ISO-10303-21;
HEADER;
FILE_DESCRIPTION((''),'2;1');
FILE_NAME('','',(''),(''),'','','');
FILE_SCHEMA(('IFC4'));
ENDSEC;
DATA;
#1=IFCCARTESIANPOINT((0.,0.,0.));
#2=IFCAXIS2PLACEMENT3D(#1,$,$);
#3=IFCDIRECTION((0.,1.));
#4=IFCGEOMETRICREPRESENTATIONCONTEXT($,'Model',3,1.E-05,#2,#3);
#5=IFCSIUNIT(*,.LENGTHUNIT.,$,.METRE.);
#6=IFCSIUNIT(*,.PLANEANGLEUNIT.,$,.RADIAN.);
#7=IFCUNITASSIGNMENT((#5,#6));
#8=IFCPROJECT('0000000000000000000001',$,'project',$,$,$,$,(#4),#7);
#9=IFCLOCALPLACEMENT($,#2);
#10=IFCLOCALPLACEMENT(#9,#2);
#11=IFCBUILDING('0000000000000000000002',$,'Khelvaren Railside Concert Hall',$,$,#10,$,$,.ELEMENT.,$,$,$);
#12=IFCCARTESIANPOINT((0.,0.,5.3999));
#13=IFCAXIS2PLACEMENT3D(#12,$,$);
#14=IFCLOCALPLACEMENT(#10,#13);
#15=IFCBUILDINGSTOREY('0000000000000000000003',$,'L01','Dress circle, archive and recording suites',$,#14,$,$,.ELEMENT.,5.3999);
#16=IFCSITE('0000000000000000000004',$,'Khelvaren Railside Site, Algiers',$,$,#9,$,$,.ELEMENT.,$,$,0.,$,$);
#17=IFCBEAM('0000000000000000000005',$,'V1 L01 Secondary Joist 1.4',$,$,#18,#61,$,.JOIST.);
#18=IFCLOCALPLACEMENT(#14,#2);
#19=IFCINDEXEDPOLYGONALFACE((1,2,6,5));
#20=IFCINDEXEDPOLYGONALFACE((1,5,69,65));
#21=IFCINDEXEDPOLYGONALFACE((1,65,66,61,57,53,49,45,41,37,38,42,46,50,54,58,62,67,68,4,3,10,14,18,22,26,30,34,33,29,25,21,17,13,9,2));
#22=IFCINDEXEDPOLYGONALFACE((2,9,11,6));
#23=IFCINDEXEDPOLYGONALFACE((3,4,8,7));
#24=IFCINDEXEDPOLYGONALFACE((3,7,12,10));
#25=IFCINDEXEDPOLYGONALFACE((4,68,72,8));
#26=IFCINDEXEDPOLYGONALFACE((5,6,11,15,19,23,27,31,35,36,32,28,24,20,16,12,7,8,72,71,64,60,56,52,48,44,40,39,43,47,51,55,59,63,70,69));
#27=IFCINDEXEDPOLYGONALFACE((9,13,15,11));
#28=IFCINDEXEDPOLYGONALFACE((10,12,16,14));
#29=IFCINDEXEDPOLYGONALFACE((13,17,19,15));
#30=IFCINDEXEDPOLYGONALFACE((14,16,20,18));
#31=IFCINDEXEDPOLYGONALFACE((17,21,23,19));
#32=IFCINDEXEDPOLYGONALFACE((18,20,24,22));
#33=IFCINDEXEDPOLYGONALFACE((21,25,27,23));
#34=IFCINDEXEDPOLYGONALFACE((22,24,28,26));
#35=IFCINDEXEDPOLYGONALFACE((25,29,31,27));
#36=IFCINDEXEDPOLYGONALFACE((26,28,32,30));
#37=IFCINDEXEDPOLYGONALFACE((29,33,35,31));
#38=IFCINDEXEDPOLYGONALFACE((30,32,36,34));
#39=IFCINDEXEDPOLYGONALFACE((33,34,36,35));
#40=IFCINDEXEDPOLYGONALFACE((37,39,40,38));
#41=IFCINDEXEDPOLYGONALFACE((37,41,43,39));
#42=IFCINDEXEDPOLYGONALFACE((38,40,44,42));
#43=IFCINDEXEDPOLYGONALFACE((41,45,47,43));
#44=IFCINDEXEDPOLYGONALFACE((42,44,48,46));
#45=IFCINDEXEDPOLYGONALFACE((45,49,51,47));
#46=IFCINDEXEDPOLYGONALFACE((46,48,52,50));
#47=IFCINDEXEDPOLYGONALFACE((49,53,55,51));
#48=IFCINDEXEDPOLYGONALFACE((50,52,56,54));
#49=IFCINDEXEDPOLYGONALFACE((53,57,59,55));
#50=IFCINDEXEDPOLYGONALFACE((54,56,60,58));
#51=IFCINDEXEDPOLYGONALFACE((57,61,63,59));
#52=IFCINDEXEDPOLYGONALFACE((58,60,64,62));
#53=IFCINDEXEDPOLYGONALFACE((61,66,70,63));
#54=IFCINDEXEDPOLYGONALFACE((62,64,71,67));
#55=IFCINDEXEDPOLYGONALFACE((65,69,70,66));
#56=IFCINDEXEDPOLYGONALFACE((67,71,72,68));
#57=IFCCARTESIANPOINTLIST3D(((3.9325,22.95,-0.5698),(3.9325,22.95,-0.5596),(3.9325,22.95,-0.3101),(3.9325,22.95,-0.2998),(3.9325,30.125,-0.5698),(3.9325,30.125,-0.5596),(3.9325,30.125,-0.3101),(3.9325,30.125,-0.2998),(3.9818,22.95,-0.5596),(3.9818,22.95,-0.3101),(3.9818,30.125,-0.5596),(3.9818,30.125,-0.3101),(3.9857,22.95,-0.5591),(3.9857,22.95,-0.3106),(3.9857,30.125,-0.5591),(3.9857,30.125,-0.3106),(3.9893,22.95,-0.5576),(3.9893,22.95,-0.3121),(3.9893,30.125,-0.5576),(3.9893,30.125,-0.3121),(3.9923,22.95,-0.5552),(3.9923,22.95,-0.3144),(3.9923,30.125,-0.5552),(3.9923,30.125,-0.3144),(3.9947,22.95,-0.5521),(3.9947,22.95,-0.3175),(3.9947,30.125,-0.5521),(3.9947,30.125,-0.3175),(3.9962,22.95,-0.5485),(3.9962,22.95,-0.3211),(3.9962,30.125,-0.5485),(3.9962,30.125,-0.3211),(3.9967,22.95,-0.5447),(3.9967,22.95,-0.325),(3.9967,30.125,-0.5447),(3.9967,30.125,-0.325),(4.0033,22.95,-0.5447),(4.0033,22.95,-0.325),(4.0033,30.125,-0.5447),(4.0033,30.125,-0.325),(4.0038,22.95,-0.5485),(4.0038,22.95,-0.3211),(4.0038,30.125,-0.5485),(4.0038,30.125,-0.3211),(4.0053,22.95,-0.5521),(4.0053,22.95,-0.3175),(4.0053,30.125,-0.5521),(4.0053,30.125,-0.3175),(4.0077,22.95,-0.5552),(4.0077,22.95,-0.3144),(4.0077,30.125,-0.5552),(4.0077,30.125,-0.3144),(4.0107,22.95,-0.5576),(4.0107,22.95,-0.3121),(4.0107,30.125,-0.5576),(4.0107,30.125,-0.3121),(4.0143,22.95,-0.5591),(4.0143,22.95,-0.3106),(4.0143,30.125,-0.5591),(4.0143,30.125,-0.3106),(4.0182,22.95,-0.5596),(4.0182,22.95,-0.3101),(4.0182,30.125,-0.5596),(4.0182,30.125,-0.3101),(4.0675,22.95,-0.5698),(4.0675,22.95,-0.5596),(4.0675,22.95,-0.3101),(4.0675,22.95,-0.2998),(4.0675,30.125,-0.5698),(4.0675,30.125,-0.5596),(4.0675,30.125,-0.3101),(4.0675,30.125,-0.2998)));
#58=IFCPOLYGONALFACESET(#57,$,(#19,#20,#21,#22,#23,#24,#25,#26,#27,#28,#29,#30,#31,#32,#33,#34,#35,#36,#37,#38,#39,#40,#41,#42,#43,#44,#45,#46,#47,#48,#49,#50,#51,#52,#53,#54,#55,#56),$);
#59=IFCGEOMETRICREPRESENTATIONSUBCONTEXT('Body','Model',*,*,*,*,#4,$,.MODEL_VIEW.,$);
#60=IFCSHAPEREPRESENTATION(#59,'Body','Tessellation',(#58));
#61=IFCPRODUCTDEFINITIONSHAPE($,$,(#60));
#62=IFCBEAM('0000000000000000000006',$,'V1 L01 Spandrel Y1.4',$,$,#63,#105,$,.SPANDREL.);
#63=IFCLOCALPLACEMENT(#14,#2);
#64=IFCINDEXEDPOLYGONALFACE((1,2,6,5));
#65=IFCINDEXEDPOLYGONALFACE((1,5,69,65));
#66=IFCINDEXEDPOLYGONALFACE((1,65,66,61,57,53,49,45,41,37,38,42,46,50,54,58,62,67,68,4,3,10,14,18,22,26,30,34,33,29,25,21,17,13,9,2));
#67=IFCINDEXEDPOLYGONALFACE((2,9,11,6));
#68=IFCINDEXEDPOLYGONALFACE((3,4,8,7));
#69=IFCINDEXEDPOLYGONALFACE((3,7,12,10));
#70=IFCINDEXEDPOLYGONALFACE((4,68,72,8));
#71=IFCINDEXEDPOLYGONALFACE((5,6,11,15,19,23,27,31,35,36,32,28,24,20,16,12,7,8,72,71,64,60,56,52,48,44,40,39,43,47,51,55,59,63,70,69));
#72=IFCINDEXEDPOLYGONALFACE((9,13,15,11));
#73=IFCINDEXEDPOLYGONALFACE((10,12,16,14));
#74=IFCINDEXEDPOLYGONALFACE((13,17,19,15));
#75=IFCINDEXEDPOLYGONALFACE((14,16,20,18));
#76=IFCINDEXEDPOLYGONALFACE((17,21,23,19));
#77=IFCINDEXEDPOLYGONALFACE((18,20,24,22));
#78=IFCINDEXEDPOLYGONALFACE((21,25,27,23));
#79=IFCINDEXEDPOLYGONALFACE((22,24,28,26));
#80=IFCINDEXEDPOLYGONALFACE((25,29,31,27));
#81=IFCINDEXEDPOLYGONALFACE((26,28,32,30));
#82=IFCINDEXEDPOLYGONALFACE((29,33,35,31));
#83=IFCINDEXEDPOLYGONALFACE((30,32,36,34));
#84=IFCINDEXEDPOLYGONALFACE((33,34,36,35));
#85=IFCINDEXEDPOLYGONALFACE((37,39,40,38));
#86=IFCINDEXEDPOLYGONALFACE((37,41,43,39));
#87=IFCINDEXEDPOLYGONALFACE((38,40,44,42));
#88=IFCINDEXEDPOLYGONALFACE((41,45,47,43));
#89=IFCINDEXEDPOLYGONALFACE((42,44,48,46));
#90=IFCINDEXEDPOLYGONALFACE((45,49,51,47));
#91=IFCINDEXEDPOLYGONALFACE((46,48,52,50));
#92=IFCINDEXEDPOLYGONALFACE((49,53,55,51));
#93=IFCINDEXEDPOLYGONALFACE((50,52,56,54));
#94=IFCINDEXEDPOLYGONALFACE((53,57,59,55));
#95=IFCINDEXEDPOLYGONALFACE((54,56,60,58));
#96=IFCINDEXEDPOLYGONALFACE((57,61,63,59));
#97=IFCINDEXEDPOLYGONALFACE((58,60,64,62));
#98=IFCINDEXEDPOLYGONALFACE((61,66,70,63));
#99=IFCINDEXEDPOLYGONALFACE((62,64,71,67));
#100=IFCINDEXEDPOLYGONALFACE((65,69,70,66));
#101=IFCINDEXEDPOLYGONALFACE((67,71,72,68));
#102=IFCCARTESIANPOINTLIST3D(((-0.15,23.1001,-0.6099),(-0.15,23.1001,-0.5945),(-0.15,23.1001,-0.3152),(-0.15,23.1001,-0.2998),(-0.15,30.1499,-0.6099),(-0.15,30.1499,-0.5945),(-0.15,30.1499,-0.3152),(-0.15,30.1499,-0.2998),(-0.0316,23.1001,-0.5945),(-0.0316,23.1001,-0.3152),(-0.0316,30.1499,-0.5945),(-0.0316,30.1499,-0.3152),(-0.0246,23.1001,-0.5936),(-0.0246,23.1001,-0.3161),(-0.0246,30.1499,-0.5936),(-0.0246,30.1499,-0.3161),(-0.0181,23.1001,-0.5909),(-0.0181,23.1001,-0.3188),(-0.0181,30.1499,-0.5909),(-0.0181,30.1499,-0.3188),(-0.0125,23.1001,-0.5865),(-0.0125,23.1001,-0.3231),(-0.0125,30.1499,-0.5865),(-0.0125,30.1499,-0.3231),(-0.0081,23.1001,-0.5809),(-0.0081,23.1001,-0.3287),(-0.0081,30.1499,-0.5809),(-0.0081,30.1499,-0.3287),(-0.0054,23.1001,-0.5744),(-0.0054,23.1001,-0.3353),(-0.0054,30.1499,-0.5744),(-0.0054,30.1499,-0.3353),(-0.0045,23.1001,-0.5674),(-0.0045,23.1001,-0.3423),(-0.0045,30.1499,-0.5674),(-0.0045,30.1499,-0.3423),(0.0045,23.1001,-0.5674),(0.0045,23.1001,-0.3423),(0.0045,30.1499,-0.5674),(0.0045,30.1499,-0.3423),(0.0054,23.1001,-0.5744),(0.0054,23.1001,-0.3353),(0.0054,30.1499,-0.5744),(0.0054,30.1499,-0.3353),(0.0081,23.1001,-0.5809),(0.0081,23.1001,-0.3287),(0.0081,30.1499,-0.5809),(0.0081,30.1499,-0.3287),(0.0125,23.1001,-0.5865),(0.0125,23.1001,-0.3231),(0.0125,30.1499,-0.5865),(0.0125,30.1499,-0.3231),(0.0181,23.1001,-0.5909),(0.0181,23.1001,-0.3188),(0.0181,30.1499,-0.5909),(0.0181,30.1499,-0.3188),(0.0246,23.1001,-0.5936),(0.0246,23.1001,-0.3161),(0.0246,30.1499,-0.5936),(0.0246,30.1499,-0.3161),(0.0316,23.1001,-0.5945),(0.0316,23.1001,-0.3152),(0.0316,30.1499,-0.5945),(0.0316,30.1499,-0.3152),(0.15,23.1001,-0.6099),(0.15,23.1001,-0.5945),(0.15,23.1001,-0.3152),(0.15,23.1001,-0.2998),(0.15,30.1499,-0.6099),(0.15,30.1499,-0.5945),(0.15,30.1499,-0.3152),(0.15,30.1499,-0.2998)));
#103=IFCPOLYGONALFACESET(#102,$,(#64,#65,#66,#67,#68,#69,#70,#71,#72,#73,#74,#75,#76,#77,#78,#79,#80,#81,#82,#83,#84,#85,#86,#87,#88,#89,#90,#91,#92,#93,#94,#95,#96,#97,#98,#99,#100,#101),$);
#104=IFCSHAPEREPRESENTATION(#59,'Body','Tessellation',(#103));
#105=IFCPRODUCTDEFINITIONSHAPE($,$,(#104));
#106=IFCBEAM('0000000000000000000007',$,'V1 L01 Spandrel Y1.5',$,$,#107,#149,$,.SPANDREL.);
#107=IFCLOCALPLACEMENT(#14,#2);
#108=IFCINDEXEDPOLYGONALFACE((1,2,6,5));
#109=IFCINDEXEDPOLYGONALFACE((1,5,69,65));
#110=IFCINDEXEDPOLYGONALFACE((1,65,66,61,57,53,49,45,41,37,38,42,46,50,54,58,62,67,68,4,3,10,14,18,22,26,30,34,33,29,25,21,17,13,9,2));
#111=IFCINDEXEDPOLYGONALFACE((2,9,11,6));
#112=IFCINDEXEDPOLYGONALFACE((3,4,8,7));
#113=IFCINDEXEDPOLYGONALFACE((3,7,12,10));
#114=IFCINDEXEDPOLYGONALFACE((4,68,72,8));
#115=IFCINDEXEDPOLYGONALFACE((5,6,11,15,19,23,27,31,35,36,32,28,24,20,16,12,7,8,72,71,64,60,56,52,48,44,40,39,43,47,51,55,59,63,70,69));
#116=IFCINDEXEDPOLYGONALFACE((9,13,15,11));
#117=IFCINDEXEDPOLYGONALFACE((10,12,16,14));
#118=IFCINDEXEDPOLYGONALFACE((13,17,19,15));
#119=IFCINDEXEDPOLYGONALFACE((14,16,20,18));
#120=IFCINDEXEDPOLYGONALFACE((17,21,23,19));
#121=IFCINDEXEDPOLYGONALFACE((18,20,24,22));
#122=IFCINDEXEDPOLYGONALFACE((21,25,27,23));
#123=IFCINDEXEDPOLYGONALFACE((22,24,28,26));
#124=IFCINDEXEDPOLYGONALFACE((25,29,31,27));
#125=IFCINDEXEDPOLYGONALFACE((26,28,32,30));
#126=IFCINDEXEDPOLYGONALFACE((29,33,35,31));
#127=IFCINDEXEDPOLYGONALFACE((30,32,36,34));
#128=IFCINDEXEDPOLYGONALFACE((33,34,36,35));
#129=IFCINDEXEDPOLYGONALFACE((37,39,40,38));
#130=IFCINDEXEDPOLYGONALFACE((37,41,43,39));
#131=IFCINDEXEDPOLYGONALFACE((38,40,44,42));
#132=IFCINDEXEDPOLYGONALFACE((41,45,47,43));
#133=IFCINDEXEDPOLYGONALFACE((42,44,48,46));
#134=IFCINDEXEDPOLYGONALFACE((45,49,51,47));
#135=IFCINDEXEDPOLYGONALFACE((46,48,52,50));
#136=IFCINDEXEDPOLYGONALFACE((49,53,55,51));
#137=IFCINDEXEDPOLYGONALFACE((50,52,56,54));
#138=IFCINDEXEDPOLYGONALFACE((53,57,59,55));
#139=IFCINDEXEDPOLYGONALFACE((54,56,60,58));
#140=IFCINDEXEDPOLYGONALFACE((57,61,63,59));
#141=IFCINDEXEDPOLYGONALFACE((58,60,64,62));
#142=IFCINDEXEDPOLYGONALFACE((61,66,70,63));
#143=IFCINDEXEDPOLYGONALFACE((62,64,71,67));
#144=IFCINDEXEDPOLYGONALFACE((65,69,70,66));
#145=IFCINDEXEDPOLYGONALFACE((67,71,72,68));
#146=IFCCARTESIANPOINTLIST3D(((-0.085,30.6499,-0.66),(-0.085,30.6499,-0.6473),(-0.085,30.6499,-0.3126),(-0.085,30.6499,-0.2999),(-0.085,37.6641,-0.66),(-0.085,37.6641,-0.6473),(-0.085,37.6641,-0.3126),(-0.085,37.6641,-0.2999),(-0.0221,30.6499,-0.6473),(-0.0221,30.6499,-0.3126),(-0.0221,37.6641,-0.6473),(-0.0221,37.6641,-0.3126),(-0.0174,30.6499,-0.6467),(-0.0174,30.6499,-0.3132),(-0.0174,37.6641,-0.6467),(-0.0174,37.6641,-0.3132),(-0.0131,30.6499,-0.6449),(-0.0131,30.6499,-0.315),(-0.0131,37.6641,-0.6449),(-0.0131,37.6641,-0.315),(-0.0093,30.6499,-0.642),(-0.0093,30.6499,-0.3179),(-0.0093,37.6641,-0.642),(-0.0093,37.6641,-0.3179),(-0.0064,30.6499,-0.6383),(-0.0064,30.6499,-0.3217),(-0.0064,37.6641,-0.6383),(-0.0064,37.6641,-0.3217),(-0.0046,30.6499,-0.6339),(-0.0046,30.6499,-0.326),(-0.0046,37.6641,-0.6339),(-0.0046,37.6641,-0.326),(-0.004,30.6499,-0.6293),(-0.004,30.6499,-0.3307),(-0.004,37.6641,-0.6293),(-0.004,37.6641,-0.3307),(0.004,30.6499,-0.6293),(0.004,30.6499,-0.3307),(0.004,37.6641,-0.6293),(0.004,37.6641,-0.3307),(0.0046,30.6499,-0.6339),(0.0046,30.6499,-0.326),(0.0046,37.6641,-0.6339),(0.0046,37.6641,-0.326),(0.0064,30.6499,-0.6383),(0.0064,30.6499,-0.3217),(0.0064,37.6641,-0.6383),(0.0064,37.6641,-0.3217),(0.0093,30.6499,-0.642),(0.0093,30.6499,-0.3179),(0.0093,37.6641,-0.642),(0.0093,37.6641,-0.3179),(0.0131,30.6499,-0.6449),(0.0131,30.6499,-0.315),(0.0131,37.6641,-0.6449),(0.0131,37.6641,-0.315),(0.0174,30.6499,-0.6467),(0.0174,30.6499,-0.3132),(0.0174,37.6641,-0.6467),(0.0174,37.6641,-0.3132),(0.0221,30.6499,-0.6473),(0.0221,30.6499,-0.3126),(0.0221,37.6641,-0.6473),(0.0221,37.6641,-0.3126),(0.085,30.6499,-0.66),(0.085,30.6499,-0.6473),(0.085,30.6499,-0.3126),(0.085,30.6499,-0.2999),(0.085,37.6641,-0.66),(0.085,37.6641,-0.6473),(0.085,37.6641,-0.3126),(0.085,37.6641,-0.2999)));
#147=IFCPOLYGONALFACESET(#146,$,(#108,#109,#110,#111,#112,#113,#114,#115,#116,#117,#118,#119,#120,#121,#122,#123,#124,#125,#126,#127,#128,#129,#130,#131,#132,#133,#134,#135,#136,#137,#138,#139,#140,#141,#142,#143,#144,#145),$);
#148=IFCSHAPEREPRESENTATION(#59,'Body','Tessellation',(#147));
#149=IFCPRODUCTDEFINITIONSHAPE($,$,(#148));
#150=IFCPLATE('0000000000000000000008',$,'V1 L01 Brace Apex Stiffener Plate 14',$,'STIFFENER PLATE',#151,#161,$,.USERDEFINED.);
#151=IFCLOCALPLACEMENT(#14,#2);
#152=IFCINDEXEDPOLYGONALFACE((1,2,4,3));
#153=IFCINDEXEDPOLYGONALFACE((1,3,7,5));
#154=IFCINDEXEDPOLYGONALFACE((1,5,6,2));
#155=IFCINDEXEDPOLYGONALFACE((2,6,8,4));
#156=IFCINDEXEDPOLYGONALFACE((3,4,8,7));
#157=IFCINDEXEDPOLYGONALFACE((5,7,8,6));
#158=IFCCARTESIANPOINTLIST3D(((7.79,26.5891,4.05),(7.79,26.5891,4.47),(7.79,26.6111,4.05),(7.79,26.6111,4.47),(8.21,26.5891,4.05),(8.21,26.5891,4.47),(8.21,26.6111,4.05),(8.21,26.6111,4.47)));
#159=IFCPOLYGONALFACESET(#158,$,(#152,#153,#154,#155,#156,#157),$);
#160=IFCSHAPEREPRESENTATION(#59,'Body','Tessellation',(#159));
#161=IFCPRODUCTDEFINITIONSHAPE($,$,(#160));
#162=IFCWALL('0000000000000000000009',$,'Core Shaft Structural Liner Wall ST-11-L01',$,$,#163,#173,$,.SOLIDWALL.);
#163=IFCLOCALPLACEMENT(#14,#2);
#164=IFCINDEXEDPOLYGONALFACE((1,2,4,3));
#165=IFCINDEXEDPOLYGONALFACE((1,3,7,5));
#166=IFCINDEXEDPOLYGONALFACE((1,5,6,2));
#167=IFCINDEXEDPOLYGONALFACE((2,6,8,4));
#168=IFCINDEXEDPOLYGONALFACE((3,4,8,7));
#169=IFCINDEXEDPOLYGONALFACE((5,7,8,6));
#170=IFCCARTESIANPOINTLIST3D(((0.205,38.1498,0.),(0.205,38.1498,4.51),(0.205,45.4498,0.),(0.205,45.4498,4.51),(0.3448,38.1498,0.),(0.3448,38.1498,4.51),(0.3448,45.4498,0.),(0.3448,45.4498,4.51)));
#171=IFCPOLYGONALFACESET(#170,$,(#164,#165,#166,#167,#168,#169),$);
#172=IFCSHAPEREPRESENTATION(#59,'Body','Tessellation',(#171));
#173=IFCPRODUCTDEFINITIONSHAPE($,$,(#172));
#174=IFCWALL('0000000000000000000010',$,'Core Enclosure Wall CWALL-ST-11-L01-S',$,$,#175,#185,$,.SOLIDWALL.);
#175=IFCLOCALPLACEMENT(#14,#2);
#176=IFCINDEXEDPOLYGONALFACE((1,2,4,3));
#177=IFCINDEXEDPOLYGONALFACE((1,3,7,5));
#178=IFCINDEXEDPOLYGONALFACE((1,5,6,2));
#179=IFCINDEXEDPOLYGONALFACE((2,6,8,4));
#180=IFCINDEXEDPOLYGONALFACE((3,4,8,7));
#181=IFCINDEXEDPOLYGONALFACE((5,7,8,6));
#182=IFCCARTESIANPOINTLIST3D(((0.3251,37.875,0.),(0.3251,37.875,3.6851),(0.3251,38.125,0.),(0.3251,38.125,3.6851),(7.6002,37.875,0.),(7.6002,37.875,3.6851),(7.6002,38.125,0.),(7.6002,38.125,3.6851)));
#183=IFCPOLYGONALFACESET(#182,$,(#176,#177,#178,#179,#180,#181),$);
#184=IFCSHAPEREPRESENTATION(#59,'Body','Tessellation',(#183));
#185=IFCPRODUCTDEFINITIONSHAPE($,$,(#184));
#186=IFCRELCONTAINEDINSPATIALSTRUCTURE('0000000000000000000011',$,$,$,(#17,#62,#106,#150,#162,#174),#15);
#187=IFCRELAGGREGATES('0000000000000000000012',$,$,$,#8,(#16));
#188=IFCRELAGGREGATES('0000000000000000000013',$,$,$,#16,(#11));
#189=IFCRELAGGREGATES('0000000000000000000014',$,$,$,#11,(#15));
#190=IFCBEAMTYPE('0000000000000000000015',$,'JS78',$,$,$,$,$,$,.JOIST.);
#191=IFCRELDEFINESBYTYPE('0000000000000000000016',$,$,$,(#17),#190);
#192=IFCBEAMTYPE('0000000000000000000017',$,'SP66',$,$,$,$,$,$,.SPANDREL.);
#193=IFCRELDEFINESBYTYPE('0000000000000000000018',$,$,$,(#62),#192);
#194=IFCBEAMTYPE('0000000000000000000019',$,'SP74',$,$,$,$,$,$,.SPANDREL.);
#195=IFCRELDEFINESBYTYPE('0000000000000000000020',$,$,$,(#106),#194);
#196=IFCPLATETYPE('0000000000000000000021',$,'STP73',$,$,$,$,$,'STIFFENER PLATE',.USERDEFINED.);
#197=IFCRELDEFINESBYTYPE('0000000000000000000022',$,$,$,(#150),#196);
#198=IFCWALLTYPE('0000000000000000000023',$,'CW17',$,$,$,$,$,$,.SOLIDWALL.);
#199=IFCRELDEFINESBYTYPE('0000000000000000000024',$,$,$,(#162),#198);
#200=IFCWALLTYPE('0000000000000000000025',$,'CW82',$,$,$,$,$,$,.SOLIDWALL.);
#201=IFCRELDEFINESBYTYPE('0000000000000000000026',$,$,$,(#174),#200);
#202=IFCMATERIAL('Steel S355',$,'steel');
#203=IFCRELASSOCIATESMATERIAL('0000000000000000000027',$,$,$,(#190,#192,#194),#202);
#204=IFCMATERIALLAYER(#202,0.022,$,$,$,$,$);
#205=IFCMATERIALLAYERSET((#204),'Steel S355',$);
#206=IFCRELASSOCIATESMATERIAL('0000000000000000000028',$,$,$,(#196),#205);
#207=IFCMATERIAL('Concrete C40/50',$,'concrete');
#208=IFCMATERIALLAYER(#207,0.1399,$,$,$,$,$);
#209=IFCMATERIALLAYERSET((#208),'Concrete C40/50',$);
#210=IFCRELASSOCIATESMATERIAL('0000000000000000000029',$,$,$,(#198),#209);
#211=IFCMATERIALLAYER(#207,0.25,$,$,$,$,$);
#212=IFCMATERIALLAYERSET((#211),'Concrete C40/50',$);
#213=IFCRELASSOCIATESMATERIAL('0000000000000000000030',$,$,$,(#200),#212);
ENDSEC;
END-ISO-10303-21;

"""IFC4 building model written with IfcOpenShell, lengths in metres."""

from ifc_helpers import new_model, si_unit, direction, frame, frame_2d, origin, origin_2d, place, context, subcontext, project, spatial, rectangle, i_section, extrude, material, layer, layer_set, material_profile, profile_set, type_object, element, save


model = new_model("IFC4")

# Units and contexts
model_context = context("Model", 3, precision=1e-05, world=origin(), true_north=direction((0.0, 1.0)))
body_context = subcontext(model_context, "Body", "Model", "MODEL_VIEW")
ifc_project = project(units=[si_unit("LENGTHUNIT", "METRE"), si_unit("PLANEANGLEUNIT", "RADIAN")], contexts=[model_context])

# Site, building, storey
site_placement = place(None, origin())
site = spatial("IfcSite", under=ifc_project, at=site_placement, Name="Khelvaren Railside Site, Algiers", CompositionType="ELEMENT", RefElevation=0.0)
building_placement = place(site_placement, origin())
building = spatial("IfcBuilding", under=site, at=building_placement, Name="Khelvaren Railside Concert Hall", CompositionType="ELEMENT")
storey_placement = place(building_placement, frame((0.0, 0.0, 5.3999)))
storey = spatial("IfcBuildingStorey", under=building, at=storey_placement, Name="L01", Description="Dress circle, archive and recording suites", CompositionType="ELEMENT", Elevation=5.3999)

# Shared definitions
ifc_material_1 = material(Name="Concrete C40/50", Category="concrete")

# Shared definitions
ifc_material_2 = material(Name="Steel S355", Category="steel")

# Beams
ifc_material_profile_1 = material_profile(ifc_material_2, i_section(OverallWidth=0.135, OverallDepth=0.27, WebThickness=0.0066, FlangeThickness=0.0103, FilletRadius=0.0149, at=origin_2d()), Name="IPE 270")
ifc_profile_set_1 = profile_set([ifc_material_profile_1], Name="Steel S355")
beam_type_1 = type_object("IfcBeamType", Name="JS78", PredefinedType="JOIST", material=ifc_profile_set_1)
beam_1_placement = place(storey_placement, frame((4.0, 22.95, -0.4348), z_axis=(0.0, 1.0, 0.0), x_axis=(-1.0, 0.0, 0.0)))
element("IfcBeam", 1, at=beam_1_placement, inside=storey, type_object=beam_type_1, Name="V1 L01 Secondary Joist 1.4", PredefinedType="JOIST", context=body_context, shape_type="SweptSolid", body=[
    extrude(i_section(OverallWidth=0.135, OverallDepth=0.27, WebThickness=0.0066, FlangeThickness=0.0103, FilletRadius=0.0149, at=origin_2d()), origin(), (0.0, 0.0, 1.0), 7.175),
])
ifc_material_profile_2 = material_profile(ifc_material_2, i_section(OverallWidth=0.3, OverallDepth=0.3101, WebThickness=0.009, FlangeThickness=0.0154, FilletRadius=0.0271, at=origin_2d()), Name="HEA 320")
ifc_profile_set_2 = profile_set([ifc_material_profile_2], Name="Steel S355")
beam_type_2 = type_object("IfcBeamType", Name="SP66", PredefinedType="SPANDREL", material=ifc_profile_set_2)
beam_2_placement = place(storey_placement, frame((0.0, 23.1001, -0.4548), z_axis=(0.0, 1.0, 0.0), x_axis=(-1.0, 0.0, 0.0)))
element("IfcBeam", 2, at=beam_2_placement, inside=storey, type_object=beam_type_2, Name="V1 L01 Spandrel Y1.4", PredefinedType="SPANDREL", context=body_context, shape_type="SweptSolid", body=[
    extrude(i_section(OverallWidth=0.3, OverallDepth=0.3101, WebThickness=0.009, FlangeThickness=0.0154, FilletRadius=0.0271, at=origin_2d()), origin(), (0.0, 0.0, 1.0), 7.0498),
])
ifc_material_profile_3 = material_profile(ifc_material_2, i_section(OverallWidth=0.1699, OverallDepth=0.3601, WebThickness=0.0081, FlangeThickness=0.0127, FilletRadius=0.0181, at=origin_2d()), Name="IPE 360")
ifc_profile_set_3 = profile_set([ifc_material_profile_3], Name="Steel S355")
beam_type_3 = type_object("IfcBeamType", Name="SP74", PredefinedType="SPANDREL", material=ifc_profile_set_3)
beam_3_placement = place(storey_placement, frame((0.0, 30.6499, -0.48), z_axis=(0.0, 1.0, 0.0), x_axis=(-1.0, 0.0, 0.0)))
element("IfcBeam", 3, at=beam_3_placement, inside=storey, type_object=beam_type_3, Name="V1 L01 Spandrel Y1.5", PredefinedType="SPANDREL", context=body_context, shape_type="SweptSolid", body=[
    extrude(i_section(OverallWidth=0.1699, OverallDepth=0.3601, WebThickness=0.0081, FlangeThickness=0.0127, FilletRadius=0.0181, at=origin_2d()), origin(), (0.0, 0.0, 1.0), 7.0142),
])

# Plate
ifc_layer_1 = layer(ifc_material_2, 0.022)
ifc_layer_set_1 = layer_set([ifc_layer_1], Name="Steel S355")
plate_type = type_object("IfcPlateType", Name="STP73", ElementType="STIFFENER PLATE", PredefinedType="USERDEFINED", material=ifc_layer_set_1)
plate_placement = place(storey_placement, frame((8.0, 26.6001, 4.05), z_axis=(0.0, 0.0, 1.0), x_axis=(1.0, 0.0, 0.0)))
element("IfcPlate", 4, at=plate_placement, inside=storey, type_object=plate_type, Name="V1 L01 Brace Apex Stiffener Plate 14", ObjectType="STIFFENER PLATE", PredefinedType="USERDEFINED", context=body_context, shape_type="SweptSolid", body=[
    extrude(rectangle(XDim=0.4199, YDim=0.022, at=origin_2d()), origin(), (0.0, 0.0, 1.0), 0.4199),
])

# Walls
ifc_layer_2 = layer(ifc_material_1, 0.1399)
ifc_layer_set_2 = layer_set([ifc_layer_2], Name="Concrete C40/50")
wall_type_1 = type_object("IfcWallType", Name="CW17", PredefinedType="SOLIDWALL", material=ifc_layer_set_2)
wall_1_placement = place(storey_placement, frame((0.2749, 38.1499, 0.0), z_axis=(0.0, 0.0, 1.0), x_axis=(0.0, 1.0, 0.0)))
element("IfcWall", 5, at=wall_1_placement, inside=storey, type_object=wall_type_1, Name="Core Shaft Structural Liner Wall ST-11-L01", PredefinedType="SOLIDWALL", context=body_context, shape_type="SweptSolid", body=[
    extrude(rectangle(XDim=7.3, YDim=0.1399, at=frame_2d((3.6499, 0.0))), origin(), (0.0, 0.0, 1.0), 4.51),
])
ifc_layer_3 = layer(ifc_material_1, 0.25)
ifc_layer_set_3 = layer_set([ifc_layer_3], Name="Concrete C40/50")
wall_type_2 = type_object("IfcWallType", Name="CW82", PredefinedType="SOLIDWALL", material=ifc_layer_set_3)
wall_2_placement = place(storey_placement, frame((0.325, 38.0, 0.0), z_axis=(0.0, 0.0, 1.0), x_axis=(1.0, 0.0, 0.0)))
element("IfcWall", 6, at=wall_2_placement, inside=storey, type_object=wall_type_2, Name="Core Enclosure Wall CWALL-ST-11-L01-S", PredefinedType="SOLIDWALL", context=body_context, shape_type="SweptSolid", body=[
    extrude(rectangle(XDim=7.2751, YDim=0.25, at=frame_2d((3.6377, 0.0))), origin(), (0.0, 0.0, 1.0), 3.6851),
])

save(model, "model.ifc")
